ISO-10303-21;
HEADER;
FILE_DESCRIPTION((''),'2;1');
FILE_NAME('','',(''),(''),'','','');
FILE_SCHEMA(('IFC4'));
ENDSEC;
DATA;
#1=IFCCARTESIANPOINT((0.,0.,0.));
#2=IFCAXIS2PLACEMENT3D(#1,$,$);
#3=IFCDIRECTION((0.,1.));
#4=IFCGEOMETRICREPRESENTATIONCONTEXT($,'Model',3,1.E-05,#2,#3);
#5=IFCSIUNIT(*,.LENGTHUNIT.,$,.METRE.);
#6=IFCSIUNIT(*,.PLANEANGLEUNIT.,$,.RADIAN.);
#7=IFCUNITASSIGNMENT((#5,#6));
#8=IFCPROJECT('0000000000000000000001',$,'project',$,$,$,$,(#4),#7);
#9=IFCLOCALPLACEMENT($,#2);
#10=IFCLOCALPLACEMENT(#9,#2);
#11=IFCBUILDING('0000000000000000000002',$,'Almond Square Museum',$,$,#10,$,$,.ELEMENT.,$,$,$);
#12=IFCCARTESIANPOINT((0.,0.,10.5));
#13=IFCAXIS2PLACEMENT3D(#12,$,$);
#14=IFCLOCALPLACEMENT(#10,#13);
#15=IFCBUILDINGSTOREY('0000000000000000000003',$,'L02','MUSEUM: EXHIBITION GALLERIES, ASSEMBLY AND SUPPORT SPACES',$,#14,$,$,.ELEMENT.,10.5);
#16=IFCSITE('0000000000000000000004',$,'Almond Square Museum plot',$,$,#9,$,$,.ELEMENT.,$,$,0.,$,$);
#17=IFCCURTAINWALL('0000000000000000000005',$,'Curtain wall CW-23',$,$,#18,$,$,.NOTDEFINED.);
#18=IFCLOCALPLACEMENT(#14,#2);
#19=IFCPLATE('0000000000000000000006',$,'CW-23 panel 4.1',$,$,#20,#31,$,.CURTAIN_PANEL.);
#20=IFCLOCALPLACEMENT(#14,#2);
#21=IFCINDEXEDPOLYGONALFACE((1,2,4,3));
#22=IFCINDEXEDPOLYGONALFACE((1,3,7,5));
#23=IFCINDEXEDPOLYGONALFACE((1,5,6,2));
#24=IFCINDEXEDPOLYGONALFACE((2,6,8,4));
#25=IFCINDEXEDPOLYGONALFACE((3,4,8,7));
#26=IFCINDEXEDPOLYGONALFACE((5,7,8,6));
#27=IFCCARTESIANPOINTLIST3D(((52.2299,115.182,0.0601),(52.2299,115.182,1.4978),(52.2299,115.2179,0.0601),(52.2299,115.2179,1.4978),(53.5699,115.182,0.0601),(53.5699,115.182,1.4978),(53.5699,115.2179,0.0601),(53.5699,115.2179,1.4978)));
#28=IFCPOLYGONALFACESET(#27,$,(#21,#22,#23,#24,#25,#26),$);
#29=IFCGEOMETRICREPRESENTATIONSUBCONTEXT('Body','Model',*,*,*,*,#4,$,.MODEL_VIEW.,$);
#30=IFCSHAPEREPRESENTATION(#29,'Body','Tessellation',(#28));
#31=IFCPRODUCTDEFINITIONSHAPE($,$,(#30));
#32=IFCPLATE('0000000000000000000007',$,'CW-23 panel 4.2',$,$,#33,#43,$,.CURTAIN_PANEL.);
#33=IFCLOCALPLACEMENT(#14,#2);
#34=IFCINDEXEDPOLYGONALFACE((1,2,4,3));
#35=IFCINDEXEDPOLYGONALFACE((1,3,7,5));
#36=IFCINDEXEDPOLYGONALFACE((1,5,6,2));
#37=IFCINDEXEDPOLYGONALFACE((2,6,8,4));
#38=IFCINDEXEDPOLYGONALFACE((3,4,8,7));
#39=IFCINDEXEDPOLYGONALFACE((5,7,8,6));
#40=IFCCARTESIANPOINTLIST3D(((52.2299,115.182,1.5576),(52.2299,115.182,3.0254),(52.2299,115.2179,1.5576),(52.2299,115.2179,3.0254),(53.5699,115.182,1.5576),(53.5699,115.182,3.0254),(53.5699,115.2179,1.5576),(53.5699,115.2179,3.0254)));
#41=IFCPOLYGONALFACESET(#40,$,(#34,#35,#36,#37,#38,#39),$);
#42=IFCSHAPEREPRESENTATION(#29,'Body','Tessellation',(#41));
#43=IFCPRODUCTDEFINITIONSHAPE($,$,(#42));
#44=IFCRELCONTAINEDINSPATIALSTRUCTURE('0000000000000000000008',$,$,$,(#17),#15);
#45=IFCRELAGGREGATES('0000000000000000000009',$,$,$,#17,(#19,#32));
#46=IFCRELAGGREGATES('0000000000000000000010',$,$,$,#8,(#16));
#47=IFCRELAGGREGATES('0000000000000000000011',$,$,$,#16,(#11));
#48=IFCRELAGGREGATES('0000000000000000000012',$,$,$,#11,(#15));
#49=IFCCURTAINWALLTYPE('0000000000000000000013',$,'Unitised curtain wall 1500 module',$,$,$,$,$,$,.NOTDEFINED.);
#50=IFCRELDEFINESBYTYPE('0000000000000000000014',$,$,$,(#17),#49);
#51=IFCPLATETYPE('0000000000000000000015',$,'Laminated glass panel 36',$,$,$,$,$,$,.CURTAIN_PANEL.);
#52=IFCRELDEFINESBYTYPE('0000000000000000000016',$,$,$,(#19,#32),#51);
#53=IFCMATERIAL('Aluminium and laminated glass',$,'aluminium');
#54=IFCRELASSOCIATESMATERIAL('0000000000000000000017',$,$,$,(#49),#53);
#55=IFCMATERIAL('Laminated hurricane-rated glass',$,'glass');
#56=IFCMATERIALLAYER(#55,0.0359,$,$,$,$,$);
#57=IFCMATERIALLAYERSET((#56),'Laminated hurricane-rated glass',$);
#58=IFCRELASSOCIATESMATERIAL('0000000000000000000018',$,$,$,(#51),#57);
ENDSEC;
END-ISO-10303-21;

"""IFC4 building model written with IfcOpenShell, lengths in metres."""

from ifc_helpers import new_model, si_unit, direction, frame, origin, origin_2d, place, context, subcontext, project, spatial, rectangle, extrude, material, layer, layer_set, type_object, element, aggregate, save


model = new_model("IFC4")

# Units and contexts
model_context = context("Model", 3, precision=1e-05, world=origin(), true_north=direction((0.0, 1.0)))
body_context = subcontext(model_context, "Body", "Model", "MODEL_VIEW")
ifc_project = project(units=[si_unit("LENGTHUNIT", "METRE"), si_unit("PLANEANGLEUNIT", "RADIAN")], contexts=[model_context])

# Site, building, storey
site_placement = place(None, origin())
site = spatial("IfcSite", under=ifc_project, at=site_placement, Name="Almond Square Museum plot", CompositionType="ELEMENT", RefElevation=0.0)
building_placement = place(site_placement, origin())
building = spatial("IfcBuilding", under=site, at=building_placement, Name="Almond Square Museum", CompositionType="ELEMENT")
storey_placement = place(building_placement, frame((0.0, 0.0, 10.5)))
storey = spatial("IfcBuildingStorey", under=building, at=storey_placement, Name="L02", Description="MUSEUM: EXHIBITION GALLERIES, ASSEMBLY AND SUPPORT SPACES", CompositionType="ELEMENT", Elevation=10.5)

# Curtain wall
ifc_material_1 = material(Name="Aluminium and laminated glass", Category="aluminium")
curtain_wall_type = type_object("IfcCurtainWallType", Name="Unitised curtain wall 1500 module", PredefinedType="NOTDEFINED", material=ifc_material_1)
curtain_wall_1_placement = place(storey_placement, origin())
curtain_wall_1 = element("IfcCurtainWall", 1, at=curtain_wall_1_placement, inside=storey, type_object=curtain_wall_type, Name="Curtain wall CW-23", PredefinedType="NOTDEFINED")

# Plates
ifc_material_2 = material(Name="Laminated hurricane-rated glass", Category="glass")
ifc_layer = layer(ifc_material_2, 0.0359)
ifc_layer_set = layer_set([ifc_layer], Name="Laminated hurricane-rated glass")
plate_type = type_object("IfcPlateType", Name="Laminated glass panel 36", PredefinedType="CURTAIN_PANEL", material=ifc_layer_set)
plate_1_placement = place(storey_placement, frame((52.8999, 115.2, 0.0601), z_axis=(0.0, 0.0, 1.0), x_axis=(1.0, 0.0, 0.0)))
plate_1 = element("IfcPlate", 2, at=plate_1_placement, type_object=plate_type, Name="CW-23 panel 4.1", PredefinedType="CURTAIN_PANEL", context=body_context, shape_type="SweptSolid", body=[
    extrude(rectangle(XDim=1.3401, YDim=0.0359, at=origin_2d()), origin(), (0.0, 0.0, 1.0), 1.4377),
])
plate_2_placement = place(storey_placement, frame((52.8999, 115.2, 1.5576), z_axis=(0.0, 0.0, 1.0), x_axis=(1.0, 0.0, 0.0)))
plate_2 = element("IfcPlate", 3, at=plate_2_placement, type_object=plate_type, Name="CW-23 panel 4.2", PredefinedType="CURTAIN_PANEL", context=body_context, shape_type="SweptSolid", body=[
    extrude(rectangle(XDim=1.3401, YDim=0.0359, at=origin_2d()), origin(), (0.0, 0.0, 1.0), 1.4678),
])
aggregate(curtain_wall_1, [plate_1, plate_2])

save(model, "model.ifc")
